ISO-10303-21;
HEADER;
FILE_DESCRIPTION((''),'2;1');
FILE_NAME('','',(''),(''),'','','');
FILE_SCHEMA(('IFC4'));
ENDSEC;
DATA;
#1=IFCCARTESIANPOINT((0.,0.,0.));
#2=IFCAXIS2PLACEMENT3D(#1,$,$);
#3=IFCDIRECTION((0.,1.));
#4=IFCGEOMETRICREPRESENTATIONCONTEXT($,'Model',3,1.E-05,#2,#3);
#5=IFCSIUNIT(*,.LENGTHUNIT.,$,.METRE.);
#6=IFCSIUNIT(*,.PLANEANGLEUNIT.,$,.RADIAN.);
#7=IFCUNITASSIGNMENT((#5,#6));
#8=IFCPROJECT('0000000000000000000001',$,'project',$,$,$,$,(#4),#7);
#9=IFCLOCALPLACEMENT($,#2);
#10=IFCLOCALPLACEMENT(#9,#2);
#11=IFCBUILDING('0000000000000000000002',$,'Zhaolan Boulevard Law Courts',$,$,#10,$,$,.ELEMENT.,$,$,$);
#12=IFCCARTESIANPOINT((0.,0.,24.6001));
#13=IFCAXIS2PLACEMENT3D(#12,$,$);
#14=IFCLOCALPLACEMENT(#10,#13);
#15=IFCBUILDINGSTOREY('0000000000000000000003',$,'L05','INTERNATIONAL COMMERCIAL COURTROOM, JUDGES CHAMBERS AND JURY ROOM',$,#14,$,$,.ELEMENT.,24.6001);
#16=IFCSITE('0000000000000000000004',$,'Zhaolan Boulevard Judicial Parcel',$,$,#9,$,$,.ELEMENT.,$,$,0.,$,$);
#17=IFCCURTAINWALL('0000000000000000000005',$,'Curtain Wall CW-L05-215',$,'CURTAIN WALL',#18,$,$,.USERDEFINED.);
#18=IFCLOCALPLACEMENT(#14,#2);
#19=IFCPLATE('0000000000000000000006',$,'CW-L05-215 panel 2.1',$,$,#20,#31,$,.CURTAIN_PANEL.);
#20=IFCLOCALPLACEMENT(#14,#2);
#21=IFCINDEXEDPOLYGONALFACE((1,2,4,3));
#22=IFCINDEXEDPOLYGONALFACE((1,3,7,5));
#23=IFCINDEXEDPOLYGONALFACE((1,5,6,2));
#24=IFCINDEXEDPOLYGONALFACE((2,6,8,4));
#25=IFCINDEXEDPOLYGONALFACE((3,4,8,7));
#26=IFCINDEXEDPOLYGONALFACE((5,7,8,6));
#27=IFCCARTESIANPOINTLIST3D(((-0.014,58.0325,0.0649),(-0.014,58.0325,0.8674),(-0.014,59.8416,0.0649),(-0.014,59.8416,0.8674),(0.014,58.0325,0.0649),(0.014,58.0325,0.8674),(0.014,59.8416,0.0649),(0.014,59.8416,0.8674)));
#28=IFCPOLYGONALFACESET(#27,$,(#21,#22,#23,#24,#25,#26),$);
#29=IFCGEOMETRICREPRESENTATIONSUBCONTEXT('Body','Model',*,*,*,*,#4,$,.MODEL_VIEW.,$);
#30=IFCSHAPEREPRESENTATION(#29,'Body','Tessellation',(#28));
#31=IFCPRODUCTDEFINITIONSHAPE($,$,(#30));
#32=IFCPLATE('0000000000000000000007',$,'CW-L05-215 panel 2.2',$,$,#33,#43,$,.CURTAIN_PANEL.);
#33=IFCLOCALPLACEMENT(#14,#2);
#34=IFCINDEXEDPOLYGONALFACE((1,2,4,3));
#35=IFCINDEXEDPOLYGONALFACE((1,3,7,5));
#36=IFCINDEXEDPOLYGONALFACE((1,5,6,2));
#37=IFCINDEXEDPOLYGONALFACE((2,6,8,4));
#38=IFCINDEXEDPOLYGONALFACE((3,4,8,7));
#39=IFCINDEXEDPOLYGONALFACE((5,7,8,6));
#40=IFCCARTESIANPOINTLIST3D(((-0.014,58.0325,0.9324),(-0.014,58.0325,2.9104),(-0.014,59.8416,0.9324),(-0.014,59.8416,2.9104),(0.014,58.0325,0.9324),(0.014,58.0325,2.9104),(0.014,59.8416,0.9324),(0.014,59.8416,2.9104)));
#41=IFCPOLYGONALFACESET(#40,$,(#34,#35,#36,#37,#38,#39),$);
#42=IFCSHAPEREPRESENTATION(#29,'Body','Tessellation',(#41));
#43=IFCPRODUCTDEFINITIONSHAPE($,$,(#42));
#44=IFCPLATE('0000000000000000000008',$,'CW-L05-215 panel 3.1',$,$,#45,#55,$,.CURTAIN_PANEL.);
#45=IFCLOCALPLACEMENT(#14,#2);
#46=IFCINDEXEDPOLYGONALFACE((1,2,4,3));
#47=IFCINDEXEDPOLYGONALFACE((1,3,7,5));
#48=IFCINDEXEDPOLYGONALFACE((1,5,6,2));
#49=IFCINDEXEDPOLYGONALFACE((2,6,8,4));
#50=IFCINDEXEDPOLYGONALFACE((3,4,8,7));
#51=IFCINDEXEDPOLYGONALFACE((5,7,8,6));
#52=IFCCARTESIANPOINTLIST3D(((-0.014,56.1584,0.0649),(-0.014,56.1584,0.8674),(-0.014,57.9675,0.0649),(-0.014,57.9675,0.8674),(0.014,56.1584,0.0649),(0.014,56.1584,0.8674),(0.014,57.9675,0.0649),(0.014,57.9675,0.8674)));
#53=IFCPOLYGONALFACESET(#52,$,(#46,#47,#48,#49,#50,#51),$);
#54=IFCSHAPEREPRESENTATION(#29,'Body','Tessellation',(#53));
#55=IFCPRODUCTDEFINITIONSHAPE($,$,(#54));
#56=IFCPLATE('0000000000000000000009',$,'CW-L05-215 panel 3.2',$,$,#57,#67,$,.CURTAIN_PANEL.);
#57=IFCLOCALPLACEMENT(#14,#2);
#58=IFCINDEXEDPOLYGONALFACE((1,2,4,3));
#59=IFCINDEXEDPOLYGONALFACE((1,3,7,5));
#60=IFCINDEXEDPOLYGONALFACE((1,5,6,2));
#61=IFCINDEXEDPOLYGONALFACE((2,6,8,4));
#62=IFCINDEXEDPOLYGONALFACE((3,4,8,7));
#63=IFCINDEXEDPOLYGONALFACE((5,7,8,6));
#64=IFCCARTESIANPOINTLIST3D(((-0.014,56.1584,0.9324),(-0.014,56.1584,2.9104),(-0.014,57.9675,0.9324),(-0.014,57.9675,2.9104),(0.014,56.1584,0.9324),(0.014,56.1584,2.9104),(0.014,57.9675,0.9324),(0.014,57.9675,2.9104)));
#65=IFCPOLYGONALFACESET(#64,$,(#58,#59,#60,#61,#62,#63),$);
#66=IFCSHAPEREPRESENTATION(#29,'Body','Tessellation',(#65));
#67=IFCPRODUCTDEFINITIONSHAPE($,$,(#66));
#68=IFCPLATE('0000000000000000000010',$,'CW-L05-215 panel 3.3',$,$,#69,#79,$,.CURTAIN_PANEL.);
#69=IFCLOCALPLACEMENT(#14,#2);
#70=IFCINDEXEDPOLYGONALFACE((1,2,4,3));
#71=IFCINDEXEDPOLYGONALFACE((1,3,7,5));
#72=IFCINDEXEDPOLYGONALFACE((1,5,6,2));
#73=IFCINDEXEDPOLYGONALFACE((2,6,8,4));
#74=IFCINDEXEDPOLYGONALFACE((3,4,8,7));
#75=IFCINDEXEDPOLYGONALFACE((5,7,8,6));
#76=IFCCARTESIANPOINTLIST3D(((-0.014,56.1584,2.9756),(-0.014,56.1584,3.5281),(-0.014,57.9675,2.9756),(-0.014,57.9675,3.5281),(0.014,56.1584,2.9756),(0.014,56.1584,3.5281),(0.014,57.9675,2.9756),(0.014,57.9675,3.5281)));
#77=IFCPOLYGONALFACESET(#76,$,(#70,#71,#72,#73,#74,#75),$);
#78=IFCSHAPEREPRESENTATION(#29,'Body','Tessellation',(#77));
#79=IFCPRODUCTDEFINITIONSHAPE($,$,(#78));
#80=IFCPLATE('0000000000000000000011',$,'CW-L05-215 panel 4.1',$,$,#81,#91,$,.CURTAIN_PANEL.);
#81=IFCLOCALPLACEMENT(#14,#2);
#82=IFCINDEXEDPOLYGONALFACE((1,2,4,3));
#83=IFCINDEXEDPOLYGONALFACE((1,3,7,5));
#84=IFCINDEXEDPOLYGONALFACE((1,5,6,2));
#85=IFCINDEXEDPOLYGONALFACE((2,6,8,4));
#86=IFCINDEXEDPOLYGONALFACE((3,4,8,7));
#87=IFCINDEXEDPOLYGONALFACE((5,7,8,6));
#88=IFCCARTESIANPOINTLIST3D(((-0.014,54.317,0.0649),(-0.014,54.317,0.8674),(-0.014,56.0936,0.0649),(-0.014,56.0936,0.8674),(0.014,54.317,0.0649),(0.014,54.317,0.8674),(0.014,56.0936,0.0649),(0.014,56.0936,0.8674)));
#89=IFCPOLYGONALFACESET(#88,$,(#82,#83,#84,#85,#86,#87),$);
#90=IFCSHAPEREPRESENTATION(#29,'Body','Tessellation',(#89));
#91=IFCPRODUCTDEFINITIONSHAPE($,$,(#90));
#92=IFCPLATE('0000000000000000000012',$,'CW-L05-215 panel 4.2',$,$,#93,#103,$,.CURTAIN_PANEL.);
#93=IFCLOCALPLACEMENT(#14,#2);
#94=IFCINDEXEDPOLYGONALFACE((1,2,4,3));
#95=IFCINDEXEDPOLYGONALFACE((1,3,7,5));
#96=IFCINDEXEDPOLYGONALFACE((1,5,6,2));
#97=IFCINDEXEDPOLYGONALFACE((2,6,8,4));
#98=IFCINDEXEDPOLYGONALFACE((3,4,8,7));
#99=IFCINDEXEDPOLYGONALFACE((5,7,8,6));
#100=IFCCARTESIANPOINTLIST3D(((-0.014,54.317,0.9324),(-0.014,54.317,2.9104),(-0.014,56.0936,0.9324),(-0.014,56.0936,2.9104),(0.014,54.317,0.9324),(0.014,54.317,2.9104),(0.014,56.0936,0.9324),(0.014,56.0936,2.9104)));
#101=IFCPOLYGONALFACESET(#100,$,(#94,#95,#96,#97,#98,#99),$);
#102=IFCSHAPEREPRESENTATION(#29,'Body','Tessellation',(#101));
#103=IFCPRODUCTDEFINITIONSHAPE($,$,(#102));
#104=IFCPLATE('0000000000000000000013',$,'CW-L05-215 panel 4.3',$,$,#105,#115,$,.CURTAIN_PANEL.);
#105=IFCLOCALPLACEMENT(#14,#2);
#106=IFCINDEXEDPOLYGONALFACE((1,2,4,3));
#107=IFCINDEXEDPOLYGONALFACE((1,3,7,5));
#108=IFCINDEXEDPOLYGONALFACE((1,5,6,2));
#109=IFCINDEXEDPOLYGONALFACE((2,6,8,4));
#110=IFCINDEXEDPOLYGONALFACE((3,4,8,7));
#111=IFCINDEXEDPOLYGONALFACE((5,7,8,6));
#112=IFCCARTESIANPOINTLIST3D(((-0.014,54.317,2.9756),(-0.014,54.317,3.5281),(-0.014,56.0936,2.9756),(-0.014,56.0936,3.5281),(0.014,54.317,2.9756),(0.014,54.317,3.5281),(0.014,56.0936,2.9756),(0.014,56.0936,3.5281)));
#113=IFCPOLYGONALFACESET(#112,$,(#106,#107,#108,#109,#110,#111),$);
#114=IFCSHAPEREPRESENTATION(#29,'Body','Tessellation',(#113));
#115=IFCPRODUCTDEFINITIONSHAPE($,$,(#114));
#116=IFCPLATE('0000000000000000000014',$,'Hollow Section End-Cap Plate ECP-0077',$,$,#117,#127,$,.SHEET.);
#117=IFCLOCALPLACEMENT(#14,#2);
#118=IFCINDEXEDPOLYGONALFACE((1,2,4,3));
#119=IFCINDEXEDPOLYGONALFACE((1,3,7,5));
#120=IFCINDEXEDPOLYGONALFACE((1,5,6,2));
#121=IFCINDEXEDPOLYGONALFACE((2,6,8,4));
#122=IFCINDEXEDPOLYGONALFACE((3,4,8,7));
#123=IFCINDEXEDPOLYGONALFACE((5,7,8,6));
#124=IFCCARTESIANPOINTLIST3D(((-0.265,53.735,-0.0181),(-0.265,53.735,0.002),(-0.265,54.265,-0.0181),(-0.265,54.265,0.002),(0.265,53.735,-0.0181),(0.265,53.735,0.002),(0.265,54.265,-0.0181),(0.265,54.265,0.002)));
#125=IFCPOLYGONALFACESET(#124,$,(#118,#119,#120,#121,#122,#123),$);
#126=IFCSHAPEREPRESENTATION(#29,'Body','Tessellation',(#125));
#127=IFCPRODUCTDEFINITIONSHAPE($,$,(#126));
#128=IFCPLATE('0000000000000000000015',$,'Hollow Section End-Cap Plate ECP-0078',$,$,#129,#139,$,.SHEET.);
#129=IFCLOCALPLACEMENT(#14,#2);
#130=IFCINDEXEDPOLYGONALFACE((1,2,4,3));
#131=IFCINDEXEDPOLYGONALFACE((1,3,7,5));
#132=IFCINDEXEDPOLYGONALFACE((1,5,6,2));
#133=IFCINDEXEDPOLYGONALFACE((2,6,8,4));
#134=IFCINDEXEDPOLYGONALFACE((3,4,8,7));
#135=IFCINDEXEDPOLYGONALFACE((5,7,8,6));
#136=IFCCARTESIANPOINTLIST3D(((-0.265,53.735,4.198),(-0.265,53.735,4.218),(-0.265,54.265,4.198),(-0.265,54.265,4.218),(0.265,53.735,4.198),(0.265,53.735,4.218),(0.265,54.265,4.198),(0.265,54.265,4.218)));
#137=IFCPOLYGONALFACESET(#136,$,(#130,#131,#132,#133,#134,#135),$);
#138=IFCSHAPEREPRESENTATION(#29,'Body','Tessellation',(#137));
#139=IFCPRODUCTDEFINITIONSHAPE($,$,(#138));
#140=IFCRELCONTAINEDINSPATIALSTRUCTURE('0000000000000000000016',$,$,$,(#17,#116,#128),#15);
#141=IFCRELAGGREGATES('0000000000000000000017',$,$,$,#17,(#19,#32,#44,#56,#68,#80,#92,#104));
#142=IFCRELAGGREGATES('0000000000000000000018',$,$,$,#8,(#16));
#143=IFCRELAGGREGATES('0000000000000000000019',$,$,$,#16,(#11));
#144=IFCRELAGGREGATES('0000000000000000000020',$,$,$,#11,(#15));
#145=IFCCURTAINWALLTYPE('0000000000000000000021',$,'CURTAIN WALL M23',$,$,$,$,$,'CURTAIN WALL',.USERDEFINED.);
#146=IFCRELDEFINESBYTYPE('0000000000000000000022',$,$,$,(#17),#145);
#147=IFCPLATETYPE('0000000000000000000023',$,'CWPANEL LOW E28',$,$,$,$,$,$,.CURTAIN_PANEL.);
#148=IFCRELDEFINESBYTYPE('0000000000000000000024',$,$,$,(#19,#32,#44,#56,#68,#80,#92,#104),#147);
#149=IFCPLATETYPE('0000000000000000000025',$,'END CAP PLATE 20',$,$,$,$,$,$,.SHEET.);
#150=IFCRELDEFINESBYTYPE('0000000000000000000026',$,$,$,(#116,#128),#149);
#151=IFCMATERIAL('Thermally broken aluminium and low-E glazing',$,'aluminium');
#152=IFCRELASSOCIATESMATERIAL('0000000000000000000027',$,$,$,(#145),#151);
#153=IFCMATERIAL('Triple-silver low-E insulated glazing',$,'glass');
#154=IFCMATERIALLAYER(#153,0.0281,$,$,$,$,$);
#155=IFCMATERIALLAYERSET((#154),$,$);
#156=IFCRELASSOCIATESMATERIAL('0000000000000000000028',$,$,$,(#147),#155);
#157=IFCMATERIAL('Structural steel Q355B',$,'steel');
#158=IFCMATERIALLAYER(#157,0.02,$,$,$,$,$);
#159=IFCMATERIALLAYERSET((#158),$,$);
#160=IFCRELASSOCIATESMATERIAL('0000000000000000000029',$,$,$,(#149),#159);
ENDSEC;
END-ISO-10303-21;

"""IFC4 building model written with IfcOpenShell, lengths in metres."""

from ifc_helpers import new_model, si_unit, direction, frame, origin, origin_2d, place, context, subcontext, project, spatial, rectangle, extrude, material, layer, layer_set, type_object, element, aggregate, save


model = new_model("IFC4")

# Units and contexts
model_context = context("Model", 3, precision=1e-05, world=origin(), true_north=direction((0.0, 1.0)))
body_context = subcontext(model_context, "Body", "Model", "MODEL_VIEW")
ifc_project = project(units=[si_unit("LENGTHUNIT", "METRE"), si_unit("PLANEANGLEUNIT", "RADIAN")], contexts=[model_context])

# Site, building, storey
site_placement = place(None, origin())
site = spatial("IfcSite", under=ifc_project, at=site_placement, Name="Zhaolan Boulevard Judicial Parcel", CompositionType="ELEMENT", RefElevation=0.0)
building_placement = place(site_placement, origin())
building = spatial("IfcBuilding", under=site, at=building_placement, Name="Zhaolan Boulevard Law Courts", CompositionType="ELEMENT")
storey_placement = place(building_placement, frame((0.0, 0.0, 24.6001)))
storey = spatial("IfcBuildingStorey", under=building, at=storey_placement, Name="L05", Description="INTERNATIONAL COMMERCIAL COURTROOM, JUDGES CHAMBERS AND JURY ROOM", CompositionType="ELEMENT", Elevation=24.6001)

# Curtain wall
ifc_material_1 = material(Name="Thermally broken aluminium and low-E glazing", Category="aluminium")
curtain_wall_type = type_object("IfcCurtainWallType", Name="CURTAIN WALL M23", ElementType="CURTAIN WALL", PredefinedType="USERDEFINED", material=ifc_material_1)
curtain_wall_placement = place(storey_placement, origin())
curtain_wall = element("IfcCurtainWall", 1, at=curtain_wall_placement, inside=storey, type_object=curtain_wall_type, Name="Curtain Wall CW-L05-215", ObjectType="CURTAIN WALL", PredefinedType="USERDEFINED")

# Plates
ifc_material_2 = material(Name="Triple-silver low-E insulated glazing", Category="glass")
ifc_layer_1 = layer(ifc_material_2, 0.0281)
ifc_layer_set_1 = layer_set([ifc_layer_1])
plate_type_1 = type_object("IfcPlateType", Name="CWPANEL LOW E28", PredefinedType="CURTAIN_PANEL", material=ifc_layer_set_1)
plate_1_placement = place(storey_placement, frame((0.0, 58.937, 0.0649), z_axis=(0.0, 0.0, 1.0), x_axis=(0.0, -1.0, 0.0)))
plate_1 = element("IfcPlate", 2, at=plate_1_placement, type_object=plate_type_1, Name="CW-L05-215 panel 2.1", PredefinedType="CURTAIN_PANEL", context=body_context, shape_type="SweptSolid", body=[
    extrude(rectangle(XDim=1.8091, YDim=0.0281, at=origin_2d()), origin(), (0.0, 0.0, 1.0), 0.8025),
])
plate_2_placement = place(storey_placement, frame((0.0, 58.937, 0.9324), z_axis=(0.0, 0.0, 1.0), x_axis=(0.0, -1.0, 0.0)))
plate_2 = element("IfcPlate", 3, at=plate_2_placement, type_object=plate_type_1, Name="CW-L05-215 panel 2.2", PredefinedType="CURTAIN_PANEL", context=body_context, shape_type="SweptSolid", body=[
    extrude(rectangle(XDim=1.8091, YDim=0.0281, at=origin_2d()), origin(), (0.0, 0.0, 1.0), 1.978),
])
plate_3_placement = place(storey_placement, frame((0.0, 57.063, 0.0649), z_axis=(0.0, 0.0, 1.0), x_axis=(0.0, -1.0, 0.0)))
plate_3 = element("IfcPlate", 4, at=plate_3_placement, type_object=plate_type_1, Name="CW-L05-215 panel 3.1", PredefinedType="CURTAIN_PANEL", context=body_context, shape_type="SweptSolid", body=[
    extrude(rectangle(XDim=1.8091, YDim=0.0281, at=origin_2d()), origin(), (0.0, 0.0, 1.0), 0.8025),
])
plate_4_placement = place(storey_placement, frame((0.0, 57.063, 0.9324), z_axis=(0.0, 0.0, 1.0), x_axis=(0.0, -1.0, 0.0)))
plate_4 = element("IfcPlate", 5, at=plate_4_placement, type_object=plate_type_1, Name="CW-L05-215 panel 3.2", PredefinedType="CURTAIN_PANEL", context=body_context, shape_type="SweptSolid", body=[
    extrude(rectangle(XDim=1.8091, YDim=0.0281, at=origin_2d()), origin(), (0.0, 0.0, 1.0), 1.978),
])
plate_5_placement = place(storey_placement, frame((0.0, 57.063, 2.9756), z_axis=(0.0, 0.0, 1.0), x_axis=(0.0, -1.0, 0.0)))
plate_5 = element("IfcPlate", 6, at=plate_5_placement, type_object=plate_type_1, Name="CW-L05-215 panel 3.3", PredefinedType="CURTAIN_PANEL", context=body_context, shape_type="SweptSolid", body=[
    extrude(rectangle(XDim=1.8091, YDim=0.0281, at=origin_2d()), origin(), (0.0, 0.0, 1.0), 0.5525),
])
plate_6_placement = place(storey_placement, frame((0.0, 55.2053, 0.0649), z_axis=(0.0, 0.0, 1.0), x_axis=(0.0, -1.0, 0.0)))
plate_6 = element("IfcPlate", 7, at=plate_6_placement, type_object=plate_type_1, Name="CW-L05-215 panel 4.1", PredefinedType="CURTAIN_PANEL", context=body_context, shape_type="SweptSolid", body=[
    extrude(rectangle(XDim=1.7766, YDim=0.0281, at=origin_2d()), origin(), (0.0, 0.0, 1.0), 0.8025),
])
plate_7_placement = place(storey_placement, frame((0.0, 55.2053, 0.9324), z_axis=(0.0, 0.0, 1.0), x_axis=(0.0, -1.0, 0.0)))
plate_7 = element("IfcPlate", 8, at=plate_7_placement, type_object=plate_type_1, Name="CW-L05-215 panel 4.2", PredefinedType="CURTAIN_PANEL", context=body_context, shape_type="SweptSolid", body=[
    extrude(rectangle(XDim=1.7766, YDim=0.0281, at=origin_2d()), origin(), (0.0, 0.0, 1.0), 1.978),
])
plate_8_placement = place(storey_placement, frame((0.0, 55.2053, 2.9756), z_axis=(0.0, 0.0, 1.0), x_axis=(0.0, -1.0, 0.0)))
plate_8 = element("IfcPlate", 9, at=plate_8_placement, type_object=plate_type_1, Name="CW-L05-215 panel 4.3", PredefinedType="CURTAIN_PANEL", context=body_context, shape_type="SweptSolid", body=[
    extrude(rectangle(XDim=1.7766, YDim=0.0281, at=origin_2d()), origin(), (0.0, 0.0, 1.0), 0.5525),
])
aggregate(curtain_wall, [plate_1, plate_2, plate_3, plate_4, plate_5, plate_6, plate_7, plate_8])

# Plates
ifc_material_3 = material(Name="Structural steel Q355B", Category="steel")
ifc_layer_2 = layer(ifc_material_3, 0.02)
ifc_layer_set_2 = layer_set([ifc_layer_2])
plate_type_2 = type_object("IfcPlateType", Name="END CAP PLATE 20", PredefinedType="SHEET", material=ifc_layer_set_2)
for number, where, z_axis, x_axis, name in (
    (10, (0.0, 54.0, -0.0181), (0.0, 0.0, 1.0), (1.0, 0.0, 0.0), "Hollow Section End-Cap Plate ECP-0077"),
    (11, (0.0, 54.0, 4.198), (0.0, 0.0, 1.0), (1.0, 0.0, 0.0), "Hollow Section End-Cap Plate ECP-0078"),
):
    element("IfcPlate", number, at=place(storey_placement, frame(where, z_axis=z_axis, x_axis=x_axis)), inside=storey, type_object=plate_type_2, Name=name, PredefinedType="SHEET", context=body_context, shape_type="SweptSolid", body=[
        extrude(rectangle(XDim=0.53, YDim=0.53, at=origin_2d()), origin(), (0.0, 0.0, 1.0), 0.02),
    ])

save(model, "model.ifc")
